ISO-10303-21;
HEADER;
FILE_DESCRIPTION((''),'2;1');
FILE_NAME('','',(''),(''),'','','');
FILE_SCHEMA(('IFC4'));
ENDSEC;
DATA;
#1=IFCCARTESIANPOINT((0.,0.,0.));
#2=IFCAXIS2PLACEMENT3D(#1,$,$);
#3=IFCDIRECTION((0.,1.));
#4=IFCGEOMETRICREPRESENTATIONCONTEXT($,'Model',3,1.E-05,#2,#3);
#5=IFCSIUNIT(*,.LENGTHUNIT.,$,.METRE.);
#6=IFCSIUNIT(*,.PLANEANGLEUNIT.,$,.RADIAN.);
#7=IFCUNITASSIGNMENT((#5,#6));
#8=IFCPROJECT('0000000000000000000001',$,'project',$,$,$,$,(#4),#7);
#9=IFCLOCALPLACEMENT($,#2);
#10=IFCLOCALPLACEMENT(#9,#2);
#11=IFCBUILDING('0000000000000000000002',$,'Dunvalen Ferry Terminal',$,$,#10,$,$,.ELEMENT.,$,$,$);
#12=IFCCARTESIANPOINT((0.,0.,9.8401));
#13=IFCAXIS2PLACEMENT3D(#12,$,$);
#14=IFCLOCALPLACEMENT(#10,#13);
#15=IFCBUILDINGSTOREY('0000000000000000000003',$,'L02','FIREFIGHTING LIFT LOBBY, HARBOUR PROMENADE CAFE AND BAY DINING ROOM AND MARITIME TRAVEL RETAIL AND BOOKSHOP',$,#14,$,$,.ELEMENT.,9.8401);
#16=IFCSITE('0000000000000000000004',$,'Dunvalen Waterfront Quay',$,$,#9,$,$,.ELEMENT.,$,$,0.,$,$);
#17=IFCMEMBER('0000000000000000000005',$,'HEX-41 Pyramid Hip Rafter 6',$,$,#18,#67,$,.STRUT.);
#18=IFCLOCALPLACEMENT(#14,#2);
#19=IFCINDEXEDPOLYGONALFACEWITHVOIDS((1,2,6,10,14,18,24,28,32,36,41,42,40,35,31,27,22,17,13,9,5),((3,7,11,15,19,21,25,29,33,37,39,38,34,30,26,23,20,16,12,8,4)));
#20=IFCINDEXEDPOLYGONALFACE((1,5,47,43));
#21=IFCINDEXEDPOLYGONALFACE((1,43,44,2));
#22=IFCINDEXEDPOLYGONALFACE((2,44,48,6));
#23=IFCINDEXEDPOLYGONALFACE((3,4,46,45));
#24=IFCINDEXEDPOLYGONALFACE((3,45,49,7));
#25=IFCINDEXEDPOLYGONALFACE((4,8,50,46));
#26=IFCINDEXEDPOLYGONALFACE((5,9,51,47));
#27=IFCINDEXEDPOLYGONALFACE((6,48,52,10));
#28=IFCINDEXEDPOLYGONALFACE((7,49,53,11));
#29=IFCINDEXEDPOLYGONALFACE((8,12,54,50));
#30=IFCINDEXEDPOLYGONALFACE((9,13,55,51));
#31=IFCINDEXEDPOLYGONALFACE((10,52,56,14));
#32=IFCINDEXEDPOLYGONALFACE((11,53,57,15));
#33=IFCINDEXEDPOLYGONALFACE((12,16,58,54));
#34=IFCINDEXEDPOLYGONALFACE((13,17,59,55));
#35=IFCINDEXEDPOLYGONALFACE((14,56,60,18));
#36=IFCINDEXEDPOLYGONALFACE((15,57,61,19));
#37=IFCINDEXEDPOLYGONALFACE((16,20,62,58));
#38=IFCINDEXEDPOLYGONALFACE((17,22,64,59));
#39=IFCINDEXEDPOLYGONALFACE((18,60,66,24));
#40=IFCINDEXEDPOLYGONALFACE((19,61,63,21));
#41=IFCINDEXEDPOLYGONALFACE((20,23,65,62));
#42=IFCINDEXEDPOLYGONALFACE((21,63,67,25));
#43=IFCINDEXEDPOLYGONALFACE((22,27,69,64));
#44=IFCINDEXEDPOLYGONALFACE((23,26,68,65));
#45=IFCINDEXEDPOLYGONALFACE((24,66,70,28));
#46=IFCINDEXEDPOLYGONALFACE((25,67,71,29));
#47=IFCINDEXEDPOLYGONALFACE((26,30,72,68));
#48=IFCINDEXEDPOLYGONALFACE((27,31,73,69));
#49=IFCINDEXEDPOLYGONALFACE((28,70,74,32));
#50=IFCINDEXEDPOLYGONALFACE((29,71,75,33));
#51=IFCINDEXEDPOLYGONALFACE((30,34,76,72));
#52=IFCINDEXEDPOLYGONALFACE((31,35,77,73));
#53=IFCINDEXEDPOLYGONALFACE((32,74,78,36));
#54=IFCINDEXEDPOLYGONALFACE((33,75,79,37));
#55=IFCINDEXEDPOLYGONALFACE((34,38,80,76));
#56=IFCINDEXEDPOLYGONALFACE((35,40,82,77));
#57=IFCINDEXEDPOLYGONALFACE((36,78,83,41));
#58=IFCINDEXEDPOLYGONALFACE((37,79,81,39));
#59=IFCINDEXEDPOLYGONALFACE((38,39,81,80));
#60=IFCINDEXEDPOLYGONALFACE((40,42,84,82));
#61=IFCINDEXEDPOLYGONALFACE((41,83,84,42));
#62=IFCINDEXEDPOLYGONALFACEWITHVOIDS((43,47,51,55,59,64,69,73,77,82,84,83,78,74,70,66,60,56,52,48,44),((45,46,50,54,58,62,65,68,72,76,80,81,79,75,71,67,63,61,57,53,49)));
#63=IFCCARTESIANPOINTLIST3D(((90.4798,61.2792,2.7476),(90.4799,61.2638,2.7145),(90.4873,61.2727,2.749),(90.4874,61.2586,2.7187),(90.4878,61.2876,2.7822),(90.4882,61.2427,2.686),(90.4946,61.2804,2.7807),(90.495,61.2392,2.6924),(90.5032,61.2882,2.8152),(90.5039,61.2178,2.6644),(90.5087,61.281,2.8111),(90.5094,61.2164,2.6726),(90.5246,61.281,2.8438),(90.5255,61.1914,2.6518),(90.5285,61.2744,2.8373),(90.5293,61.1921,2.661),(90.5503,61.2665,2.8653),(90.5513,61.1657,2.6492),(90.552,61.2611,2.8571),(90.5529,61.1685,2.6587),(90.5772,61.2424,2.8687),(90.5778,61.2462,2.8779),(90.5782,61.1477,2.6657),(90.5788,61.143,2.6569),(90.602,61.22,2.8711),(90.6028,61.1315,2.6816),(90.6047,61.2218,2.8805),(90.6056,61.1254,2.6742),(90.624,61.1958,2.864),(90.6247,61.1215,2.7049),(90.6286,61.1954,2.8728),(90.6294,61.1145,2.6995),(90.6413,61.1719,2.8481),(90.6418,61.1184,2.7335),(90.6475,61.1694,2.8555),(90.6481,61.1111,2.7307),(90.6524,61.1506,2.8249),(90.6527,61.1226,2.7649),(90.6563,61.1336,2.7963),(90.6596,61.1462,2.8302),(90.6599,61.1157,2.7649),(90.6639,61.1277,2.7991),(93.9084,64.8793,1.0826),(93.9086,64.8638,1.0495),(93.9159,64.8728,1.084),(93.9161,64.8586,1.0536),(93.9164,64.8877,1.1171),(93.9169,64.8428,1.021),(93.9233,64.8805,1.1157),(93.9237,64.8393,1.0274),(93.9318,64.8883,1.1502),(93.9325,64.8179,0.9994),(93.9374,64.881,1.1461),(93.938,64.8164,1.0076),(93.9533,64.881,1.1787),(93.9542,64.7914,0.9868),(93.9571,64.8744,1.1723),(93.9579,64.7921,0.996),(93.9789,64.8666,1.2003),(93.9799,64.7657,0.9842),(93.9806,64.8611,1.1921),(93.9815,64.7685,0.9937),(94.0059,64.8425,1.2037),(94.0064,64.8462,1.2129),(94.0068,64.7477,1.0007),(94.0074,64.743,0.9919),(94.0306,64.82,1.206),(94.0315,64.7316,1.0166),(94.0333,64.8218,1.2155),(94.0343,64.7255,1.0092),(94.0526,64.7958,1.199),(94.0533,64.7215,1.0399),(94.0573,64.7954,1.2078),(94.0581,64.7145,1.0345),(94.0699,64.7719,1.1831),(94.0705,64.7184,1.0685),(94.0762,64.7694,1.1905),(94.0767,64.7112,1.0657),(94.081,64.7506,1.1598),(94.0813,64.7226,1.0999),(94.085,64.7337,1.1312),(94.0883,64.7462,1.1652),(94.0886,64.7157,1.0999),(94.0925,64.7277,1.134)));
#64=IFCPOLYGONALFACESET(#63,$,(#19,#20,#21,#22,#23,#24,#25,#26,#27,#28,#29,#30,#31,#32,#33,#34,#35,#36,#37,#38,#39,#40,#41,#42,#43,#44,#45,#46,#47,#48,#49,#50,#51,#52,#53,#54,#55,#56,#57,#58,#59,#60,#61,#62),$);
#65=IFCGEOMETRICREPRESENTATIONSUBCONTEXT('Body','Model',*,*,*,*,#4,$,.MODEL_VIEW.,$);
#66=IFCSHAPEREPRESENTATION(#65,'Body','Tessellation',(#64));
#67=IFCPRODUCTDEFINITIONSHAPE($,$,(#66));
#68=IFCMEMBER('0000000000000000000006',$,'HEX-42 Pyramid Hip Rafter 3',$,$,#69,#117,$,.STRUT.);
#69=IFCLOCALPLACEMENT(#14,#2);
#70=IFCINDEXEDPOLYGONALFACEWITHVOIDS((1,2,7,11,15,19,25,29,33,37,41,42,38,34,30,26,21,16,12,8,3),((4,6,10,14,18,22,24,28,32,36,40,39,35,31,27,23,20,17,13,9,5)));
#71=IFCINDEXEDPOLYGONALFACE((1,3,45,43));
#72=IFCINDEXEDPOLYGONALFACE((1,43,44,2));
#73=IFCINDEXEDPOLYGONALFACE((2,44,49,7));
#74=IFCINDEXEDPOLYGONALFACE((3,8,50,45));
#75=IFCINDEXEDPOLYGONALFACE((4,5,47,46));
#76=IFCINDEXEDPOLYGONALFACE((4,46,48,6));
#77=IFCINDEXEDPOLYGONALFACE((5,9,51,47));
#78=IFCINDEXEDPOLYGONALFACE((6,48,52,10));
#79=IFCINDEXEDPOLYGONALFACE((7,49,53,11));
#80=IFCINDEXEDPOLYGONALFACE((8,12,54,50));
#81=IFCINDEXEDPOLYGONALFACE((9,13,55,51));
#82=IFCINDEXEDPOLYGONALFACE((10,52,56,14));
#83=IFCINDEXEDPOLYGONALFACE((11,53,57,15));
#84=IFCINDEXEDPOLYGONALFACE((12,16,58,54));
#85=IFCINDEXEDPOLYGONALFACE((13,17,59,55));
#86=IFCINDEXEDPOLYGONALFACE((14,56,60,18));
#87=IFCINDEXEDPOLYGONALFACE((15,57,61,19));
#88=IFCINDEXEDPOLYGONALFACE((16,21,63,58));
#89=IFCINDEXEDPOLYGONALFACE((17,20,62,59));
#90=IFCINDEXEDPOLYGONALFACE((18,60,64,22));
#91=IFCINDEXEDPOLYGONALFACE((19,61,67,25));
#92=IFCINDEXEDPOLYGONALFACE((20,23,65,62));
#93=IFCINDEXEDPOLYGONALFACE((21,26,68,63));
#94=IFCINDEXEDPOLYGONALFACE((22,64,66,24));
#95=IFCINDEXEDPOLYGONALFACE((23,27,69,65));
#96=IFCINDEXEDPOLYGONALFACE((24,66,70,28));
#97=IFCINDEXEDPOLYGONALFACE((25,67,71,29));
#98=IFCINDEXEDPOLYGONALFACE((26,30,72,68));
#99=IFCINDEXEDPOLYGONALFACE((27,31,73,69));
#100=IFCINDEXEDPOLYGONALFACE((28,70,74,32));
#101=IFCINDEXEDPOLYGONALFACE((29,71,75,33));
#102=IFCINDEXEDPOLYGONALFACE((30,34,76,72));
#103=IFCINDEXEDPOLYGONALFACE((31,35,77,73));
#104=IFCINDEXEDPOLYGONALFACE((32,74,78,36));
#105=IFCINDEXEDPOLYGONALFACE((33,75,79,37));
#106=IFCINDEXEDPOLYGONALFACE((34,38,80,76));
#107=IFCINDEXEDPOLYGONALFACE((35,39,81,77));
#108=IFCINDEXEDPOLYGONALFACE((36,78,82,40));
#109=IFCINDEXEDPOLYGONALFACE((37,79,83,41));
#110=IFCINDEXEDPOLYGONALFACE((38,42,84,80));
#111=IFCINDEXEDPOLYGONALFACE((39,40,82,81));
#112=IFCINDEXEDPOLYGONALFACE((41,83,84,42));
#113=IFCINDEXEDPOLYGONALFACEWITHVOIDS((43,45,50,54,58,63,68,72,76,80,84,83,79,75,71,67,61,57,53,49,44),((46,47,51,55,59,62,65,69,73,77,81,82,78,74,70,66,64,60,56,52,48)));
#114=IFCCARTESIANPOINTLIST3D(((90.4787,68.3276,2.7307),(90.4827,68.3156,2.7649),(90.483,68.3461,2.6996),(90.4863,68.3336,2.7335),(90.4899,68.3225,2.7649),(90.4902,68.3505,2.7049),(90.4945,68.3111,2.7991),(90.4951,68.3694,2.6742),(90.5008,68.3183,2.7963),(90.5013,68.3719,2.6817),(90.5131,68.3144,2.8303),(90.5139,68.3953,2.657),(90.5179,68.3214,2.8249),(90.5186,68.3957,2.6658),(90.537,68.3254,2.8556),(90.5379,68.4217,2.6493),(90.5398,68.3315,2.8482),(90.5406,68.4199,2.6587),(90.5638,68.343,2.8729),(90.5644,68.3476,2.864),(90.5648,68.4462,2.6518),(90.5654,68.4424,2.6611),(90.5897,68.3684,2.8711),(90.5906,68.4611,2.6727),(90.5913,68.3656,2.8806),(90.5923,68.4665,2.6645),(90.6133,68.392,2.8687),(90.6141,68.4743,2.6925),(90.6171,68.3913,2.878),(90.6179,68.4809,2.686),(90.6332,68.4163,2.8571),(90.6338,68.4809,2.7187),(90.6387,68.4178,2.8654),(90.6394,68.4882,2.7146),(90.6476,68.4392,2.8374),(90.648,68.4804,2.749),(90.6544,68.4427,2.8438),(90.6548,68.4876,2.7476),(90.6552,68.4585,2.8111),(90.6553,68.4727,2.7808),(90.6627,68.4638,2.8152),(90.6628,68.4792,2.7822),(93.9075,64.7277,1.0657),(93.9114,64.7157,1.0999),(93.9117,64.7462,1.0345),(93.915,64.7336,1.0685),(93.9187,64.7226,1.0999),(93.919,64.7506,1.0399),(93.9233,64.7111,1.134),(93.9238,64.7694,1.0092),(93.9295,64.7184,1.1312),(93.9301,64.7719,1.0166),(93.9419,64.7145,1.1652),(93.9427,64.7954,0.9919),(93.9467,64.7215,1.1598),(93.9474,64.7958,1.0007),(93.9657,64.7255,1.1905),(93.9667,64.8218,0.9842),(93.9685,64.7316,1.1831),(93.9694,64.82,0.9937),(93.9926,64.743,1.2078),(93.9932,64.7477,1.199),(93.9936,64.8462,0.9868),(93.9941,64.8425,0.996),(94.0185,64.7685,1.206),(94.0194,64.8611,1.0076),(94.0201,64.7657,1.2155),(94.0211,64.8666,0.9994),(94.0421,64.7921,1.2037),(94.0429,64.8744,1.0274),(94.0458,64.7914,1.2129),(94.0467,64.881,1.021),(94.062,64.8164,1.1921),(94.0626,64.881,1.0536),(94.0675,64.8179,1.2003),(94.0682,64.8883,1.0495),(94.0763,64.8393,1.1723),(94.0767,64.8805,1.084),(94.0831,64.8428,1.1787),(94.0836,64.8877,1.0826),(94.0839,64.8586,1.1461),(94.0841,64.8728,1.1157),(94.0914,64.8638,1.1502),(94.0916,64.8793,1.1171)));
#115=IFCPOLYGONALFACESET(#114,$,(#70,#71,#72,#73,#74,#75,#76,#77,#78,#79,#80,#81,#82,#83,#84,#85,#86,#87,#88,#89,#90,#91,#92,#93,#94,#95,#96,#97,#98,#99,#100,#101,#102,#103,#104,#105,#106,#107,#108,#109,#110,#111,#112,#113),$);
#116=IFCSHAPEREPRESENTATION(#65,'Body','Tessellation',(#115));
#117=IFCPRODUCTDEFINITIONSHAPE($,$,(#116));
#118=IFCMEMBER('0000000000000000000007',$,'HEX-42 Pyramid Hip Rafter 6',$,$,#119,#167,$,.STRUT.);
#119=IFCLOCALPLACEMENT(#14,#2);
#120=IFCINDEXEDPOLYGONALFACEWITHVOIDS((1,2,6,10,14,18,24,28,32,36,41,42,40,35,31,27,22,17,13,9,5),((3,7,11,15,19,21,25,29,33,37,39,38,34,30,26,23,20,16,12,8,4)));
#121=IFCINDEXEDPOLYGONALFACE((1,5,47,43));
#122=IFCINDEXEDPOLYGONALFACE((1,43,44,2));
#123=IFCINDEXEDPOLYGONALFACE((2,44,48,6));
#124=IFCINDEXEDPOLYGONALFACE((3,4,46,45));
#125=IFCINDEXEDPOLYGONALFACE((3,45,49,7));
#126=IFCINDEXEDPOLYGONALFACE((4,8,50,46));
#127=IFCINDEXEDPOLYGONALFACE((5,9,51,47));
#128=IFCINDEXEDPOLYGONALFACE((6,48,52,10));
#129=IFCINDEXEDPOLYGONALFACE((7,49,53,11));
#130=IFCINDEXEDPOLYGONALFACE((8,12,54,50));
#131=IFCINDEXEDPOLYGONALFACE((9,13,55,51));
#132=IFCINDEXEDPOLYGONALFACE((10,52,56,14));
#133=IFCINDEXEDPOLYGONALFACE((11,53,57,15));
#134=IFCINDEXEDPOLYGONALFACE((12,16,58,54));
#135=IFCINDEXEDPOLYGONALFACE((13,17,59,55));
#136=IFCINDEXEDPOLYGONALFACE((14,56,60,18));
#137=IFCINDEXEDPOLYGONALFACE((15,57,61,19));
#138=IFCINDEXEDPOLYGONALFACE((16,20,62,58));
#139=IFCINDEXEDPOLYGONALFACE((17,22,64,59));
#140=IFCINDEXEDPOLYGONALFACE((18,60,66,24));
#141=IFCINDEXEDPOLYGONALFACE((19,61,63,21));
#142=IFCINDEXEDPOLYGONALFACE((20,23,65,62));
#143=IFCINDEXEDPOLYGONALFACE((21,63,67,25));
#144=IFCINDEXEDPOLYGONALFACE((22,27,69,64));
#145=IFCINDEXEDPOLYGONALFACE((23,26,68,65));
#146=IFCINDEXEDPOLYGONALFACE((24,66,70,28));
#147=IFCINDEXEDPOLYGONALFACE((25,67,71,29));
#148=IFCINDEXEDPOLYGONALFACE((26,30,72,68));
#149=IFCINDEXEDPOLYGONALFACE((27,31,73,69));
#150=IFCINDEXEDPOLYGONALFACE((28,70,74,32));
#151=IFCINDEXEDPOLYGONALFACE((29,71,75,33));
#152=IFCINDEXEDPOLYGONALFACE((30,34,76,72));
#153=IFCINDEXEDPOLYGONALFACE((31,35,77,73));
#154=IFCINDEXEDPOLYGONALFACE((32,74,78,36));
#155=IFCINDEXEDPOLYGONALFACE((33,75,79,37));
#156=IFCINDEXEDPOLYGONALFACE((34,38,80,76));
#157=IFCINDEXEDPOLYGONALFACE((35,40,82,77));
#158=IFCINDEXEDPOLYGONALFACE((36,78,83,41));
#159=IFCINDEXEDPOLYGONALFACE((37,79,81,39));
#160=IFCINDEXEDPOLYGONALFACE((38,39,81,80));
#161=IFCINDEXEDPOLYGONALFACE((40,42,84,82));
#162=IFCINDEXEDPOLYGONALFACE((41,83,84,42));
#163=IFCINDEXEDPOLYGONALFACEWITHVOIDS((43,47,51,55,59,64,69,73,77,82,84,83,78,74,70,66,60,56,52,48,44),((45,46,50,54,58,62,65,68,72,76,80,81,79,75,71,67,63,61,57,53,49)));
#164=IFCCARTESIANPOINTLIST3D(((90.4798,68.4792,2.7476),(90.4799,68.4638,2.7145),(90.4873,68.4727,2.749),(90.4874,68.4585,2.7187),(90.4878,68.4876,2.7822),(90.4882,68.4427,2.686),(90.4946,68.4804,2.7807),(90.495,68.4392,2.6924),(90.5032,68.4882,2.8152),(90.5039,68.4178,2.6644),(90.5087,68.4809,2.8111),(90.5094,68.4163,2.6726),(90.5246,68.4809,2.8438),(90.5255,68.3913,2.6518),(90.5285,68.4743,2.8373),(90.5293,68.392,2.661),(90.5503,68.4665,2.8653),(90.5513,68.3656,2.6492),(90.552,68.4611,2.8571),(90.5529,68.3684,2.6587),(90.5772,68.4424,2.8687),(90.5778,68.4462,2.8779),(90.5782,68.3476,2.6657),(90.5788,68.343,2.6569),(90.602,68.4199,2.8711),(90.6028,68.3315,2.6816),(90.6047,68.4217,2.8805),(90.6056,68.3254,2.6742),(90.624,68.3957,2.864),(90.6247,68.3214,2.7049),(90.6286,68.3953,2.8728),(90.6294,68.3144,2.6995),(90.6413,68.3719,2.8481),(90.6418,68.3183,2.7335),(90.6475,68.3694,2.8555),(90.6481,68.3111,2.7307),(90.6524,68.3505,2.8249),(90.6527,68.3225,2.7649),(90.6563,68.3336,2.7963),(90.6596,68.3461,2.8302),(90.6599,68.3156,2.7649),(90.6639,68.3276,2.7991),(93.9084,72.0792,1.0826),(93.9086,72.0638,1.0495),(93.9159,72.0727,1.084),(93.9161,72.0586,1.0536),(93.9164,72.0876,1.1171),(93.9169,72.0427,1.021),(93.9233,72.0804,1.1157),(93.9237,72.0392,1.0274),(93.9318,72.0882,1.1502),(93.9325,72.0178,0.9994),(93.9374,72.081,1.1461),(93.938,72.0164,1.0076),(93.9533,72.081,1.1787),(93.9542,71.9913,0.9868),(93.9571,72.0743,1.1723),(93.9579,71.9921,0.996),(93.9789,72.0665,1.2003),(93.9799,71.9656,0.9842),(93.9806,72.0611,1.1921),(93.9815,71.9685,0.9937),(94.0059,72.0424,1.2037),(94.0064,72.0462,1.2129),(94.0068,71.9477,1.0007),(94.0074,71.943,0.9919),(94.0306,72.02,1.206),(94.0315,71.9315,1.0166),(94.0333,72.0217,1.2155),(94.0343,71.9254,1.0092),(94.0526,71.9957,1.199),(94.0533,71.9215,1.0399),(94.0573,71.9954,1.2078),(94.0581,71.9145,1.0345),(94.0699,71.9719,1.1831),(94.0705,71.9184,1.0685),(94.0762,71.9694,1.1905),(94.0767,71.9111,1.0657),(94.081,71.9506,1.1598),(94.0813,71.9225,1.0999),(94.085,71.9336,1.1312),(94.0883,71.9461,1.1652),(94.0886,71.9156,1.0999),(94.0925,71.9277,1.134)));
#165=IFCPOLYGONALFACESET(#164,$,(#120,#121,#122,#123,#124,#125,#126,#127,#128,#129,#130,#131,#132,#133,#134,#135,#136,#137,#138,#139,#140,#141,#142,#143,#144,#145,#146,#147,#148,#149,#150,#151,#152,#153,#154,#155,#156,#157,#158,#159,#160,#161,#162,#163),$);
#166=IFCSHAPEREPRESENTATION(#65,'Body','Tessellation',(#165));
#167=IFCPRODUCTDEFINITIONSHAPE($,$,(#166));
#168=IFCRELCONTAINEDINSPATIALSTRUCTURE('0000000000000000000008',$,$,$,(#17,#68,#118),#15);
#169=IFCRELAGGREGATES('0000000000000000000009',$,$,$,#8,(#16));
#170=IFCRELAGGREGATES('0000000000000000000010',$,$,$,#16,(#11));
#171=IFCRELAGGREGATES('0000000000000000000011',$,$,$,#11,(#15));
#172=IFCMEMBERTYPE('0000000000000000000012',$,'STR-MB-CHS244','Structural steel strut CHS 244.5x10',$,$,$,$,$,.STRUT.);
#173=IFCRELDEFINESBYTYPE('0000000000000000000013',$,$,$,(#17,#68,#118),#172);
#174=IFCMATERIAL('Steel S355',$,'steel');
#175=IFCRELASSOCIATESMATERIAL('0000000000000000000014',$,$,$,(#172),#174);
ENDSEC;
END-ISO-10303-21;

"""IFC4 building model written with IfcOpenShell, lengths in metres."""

from ifc_helpers import new_model, si_unit, direction, frame, origin, origin_2d, place, context, subcontext, project, spatial, hollow_circle, extrude, material, material_profile, profile_set, type_object, element, save


model = new_model("IFC4")

# Units and contexts
model_context = context("Model", 3, precision=1e-05, world=origin(), true_north=direction((0.0, 1.0)))
body_context = subcontext(model_context, "Body", "Model", "MODEL_VIEW")
ifc_project = project(units=[si_unit("LENGTHUNIT", "METRE"), si_unit("PLANEANGLEUNIT", "RADIAN")], contexts=[model_context])

# Site, building, storey
site_placement = place(None, origin())
site = spatial("IfcSite", under=ifc_project, at=site_placement, Name="Dunvalen Waterfront Quay", CompositionType="ELEMENT", RefElevation=0.0)
building_placement = place(site_placement, origin())
building = spatial("IfcBuilding", under=site, at=building_placement, Name="Dunvalen Ferry Terminal", CompositionType="ELEMENT")
storey_placement = place(building_placement, frame((0.0, 0.0, 9.8401)))
storey = spatial("IfcBuildingStorey", under=building, at=storey_placement, Name="L02", Description="FIREFIGHTING LIFT LOBBY, HARBOUR PROMENADE CAFE AND BAY DINING ROOM AND MARITIME TRAVEL RETAIL AND BOOKSHOP", CompositionType="ELEMENT", Elevation=9.8401)

# Shared definitions
ifc_material_1 = material(Name="Steel S355", Category="steel")

# Members
ifc_material_profile_1 = material_profile(ifc_material_1, hollow_circle(Radius=0.1223, WallThickness=0.01, at=origin_2d()), Name="Steel S355")
ifc_profile_set_1 = profile_set([ifc_material_profile_1], Name="Steel S355")
member_type_1 = type_object("IfcMemberType", Name="STR-MB-CHS244", Description="Structural steel strut CHS 244.5x10", PredefinedType="STRUT", material=ifc_profile_set_1)
for number, where, z_axis, x_axis, name in (
    (1, (94.0, 64.8, 1.0999), (-0.653959, -0.686648, 0.317573), (0.724133, -0.68966, 0.0), "HEX-41 Pyramid Hip Rafter 6"),
    (2, (94.0, 64.8, 1.0999), (-0.65398, 0.686623, 0.317583), (-0.72411, -0.689685, 0.0), "HEX-42 Pyramid Hip Rafter 3"),
    (3, (94.0, 72.0, 1.0999), (-0.653959, -0.686648, 0.317573), (0.724133, -0.68966, 0.0), "HEX-42 Pyramid Hip Rafter 6"),
):
    element("IfcMember", number, at=place(storey_placement, frame(where, z_axis=z_axis, x_axis=x_axis)), inside=storey, type_object=member_type_1, Name=name, PredefinedType="STRUT", context=body_context, shape_type="SweptSolid", body=[
        extrude(hollow_circle(Radius=0.1223, WallThickness=0.01, at=origin_2d()), origin(), (0.0, 0.0, 1.0), 5.2429),
    ])

save(model, "model.ifc")
